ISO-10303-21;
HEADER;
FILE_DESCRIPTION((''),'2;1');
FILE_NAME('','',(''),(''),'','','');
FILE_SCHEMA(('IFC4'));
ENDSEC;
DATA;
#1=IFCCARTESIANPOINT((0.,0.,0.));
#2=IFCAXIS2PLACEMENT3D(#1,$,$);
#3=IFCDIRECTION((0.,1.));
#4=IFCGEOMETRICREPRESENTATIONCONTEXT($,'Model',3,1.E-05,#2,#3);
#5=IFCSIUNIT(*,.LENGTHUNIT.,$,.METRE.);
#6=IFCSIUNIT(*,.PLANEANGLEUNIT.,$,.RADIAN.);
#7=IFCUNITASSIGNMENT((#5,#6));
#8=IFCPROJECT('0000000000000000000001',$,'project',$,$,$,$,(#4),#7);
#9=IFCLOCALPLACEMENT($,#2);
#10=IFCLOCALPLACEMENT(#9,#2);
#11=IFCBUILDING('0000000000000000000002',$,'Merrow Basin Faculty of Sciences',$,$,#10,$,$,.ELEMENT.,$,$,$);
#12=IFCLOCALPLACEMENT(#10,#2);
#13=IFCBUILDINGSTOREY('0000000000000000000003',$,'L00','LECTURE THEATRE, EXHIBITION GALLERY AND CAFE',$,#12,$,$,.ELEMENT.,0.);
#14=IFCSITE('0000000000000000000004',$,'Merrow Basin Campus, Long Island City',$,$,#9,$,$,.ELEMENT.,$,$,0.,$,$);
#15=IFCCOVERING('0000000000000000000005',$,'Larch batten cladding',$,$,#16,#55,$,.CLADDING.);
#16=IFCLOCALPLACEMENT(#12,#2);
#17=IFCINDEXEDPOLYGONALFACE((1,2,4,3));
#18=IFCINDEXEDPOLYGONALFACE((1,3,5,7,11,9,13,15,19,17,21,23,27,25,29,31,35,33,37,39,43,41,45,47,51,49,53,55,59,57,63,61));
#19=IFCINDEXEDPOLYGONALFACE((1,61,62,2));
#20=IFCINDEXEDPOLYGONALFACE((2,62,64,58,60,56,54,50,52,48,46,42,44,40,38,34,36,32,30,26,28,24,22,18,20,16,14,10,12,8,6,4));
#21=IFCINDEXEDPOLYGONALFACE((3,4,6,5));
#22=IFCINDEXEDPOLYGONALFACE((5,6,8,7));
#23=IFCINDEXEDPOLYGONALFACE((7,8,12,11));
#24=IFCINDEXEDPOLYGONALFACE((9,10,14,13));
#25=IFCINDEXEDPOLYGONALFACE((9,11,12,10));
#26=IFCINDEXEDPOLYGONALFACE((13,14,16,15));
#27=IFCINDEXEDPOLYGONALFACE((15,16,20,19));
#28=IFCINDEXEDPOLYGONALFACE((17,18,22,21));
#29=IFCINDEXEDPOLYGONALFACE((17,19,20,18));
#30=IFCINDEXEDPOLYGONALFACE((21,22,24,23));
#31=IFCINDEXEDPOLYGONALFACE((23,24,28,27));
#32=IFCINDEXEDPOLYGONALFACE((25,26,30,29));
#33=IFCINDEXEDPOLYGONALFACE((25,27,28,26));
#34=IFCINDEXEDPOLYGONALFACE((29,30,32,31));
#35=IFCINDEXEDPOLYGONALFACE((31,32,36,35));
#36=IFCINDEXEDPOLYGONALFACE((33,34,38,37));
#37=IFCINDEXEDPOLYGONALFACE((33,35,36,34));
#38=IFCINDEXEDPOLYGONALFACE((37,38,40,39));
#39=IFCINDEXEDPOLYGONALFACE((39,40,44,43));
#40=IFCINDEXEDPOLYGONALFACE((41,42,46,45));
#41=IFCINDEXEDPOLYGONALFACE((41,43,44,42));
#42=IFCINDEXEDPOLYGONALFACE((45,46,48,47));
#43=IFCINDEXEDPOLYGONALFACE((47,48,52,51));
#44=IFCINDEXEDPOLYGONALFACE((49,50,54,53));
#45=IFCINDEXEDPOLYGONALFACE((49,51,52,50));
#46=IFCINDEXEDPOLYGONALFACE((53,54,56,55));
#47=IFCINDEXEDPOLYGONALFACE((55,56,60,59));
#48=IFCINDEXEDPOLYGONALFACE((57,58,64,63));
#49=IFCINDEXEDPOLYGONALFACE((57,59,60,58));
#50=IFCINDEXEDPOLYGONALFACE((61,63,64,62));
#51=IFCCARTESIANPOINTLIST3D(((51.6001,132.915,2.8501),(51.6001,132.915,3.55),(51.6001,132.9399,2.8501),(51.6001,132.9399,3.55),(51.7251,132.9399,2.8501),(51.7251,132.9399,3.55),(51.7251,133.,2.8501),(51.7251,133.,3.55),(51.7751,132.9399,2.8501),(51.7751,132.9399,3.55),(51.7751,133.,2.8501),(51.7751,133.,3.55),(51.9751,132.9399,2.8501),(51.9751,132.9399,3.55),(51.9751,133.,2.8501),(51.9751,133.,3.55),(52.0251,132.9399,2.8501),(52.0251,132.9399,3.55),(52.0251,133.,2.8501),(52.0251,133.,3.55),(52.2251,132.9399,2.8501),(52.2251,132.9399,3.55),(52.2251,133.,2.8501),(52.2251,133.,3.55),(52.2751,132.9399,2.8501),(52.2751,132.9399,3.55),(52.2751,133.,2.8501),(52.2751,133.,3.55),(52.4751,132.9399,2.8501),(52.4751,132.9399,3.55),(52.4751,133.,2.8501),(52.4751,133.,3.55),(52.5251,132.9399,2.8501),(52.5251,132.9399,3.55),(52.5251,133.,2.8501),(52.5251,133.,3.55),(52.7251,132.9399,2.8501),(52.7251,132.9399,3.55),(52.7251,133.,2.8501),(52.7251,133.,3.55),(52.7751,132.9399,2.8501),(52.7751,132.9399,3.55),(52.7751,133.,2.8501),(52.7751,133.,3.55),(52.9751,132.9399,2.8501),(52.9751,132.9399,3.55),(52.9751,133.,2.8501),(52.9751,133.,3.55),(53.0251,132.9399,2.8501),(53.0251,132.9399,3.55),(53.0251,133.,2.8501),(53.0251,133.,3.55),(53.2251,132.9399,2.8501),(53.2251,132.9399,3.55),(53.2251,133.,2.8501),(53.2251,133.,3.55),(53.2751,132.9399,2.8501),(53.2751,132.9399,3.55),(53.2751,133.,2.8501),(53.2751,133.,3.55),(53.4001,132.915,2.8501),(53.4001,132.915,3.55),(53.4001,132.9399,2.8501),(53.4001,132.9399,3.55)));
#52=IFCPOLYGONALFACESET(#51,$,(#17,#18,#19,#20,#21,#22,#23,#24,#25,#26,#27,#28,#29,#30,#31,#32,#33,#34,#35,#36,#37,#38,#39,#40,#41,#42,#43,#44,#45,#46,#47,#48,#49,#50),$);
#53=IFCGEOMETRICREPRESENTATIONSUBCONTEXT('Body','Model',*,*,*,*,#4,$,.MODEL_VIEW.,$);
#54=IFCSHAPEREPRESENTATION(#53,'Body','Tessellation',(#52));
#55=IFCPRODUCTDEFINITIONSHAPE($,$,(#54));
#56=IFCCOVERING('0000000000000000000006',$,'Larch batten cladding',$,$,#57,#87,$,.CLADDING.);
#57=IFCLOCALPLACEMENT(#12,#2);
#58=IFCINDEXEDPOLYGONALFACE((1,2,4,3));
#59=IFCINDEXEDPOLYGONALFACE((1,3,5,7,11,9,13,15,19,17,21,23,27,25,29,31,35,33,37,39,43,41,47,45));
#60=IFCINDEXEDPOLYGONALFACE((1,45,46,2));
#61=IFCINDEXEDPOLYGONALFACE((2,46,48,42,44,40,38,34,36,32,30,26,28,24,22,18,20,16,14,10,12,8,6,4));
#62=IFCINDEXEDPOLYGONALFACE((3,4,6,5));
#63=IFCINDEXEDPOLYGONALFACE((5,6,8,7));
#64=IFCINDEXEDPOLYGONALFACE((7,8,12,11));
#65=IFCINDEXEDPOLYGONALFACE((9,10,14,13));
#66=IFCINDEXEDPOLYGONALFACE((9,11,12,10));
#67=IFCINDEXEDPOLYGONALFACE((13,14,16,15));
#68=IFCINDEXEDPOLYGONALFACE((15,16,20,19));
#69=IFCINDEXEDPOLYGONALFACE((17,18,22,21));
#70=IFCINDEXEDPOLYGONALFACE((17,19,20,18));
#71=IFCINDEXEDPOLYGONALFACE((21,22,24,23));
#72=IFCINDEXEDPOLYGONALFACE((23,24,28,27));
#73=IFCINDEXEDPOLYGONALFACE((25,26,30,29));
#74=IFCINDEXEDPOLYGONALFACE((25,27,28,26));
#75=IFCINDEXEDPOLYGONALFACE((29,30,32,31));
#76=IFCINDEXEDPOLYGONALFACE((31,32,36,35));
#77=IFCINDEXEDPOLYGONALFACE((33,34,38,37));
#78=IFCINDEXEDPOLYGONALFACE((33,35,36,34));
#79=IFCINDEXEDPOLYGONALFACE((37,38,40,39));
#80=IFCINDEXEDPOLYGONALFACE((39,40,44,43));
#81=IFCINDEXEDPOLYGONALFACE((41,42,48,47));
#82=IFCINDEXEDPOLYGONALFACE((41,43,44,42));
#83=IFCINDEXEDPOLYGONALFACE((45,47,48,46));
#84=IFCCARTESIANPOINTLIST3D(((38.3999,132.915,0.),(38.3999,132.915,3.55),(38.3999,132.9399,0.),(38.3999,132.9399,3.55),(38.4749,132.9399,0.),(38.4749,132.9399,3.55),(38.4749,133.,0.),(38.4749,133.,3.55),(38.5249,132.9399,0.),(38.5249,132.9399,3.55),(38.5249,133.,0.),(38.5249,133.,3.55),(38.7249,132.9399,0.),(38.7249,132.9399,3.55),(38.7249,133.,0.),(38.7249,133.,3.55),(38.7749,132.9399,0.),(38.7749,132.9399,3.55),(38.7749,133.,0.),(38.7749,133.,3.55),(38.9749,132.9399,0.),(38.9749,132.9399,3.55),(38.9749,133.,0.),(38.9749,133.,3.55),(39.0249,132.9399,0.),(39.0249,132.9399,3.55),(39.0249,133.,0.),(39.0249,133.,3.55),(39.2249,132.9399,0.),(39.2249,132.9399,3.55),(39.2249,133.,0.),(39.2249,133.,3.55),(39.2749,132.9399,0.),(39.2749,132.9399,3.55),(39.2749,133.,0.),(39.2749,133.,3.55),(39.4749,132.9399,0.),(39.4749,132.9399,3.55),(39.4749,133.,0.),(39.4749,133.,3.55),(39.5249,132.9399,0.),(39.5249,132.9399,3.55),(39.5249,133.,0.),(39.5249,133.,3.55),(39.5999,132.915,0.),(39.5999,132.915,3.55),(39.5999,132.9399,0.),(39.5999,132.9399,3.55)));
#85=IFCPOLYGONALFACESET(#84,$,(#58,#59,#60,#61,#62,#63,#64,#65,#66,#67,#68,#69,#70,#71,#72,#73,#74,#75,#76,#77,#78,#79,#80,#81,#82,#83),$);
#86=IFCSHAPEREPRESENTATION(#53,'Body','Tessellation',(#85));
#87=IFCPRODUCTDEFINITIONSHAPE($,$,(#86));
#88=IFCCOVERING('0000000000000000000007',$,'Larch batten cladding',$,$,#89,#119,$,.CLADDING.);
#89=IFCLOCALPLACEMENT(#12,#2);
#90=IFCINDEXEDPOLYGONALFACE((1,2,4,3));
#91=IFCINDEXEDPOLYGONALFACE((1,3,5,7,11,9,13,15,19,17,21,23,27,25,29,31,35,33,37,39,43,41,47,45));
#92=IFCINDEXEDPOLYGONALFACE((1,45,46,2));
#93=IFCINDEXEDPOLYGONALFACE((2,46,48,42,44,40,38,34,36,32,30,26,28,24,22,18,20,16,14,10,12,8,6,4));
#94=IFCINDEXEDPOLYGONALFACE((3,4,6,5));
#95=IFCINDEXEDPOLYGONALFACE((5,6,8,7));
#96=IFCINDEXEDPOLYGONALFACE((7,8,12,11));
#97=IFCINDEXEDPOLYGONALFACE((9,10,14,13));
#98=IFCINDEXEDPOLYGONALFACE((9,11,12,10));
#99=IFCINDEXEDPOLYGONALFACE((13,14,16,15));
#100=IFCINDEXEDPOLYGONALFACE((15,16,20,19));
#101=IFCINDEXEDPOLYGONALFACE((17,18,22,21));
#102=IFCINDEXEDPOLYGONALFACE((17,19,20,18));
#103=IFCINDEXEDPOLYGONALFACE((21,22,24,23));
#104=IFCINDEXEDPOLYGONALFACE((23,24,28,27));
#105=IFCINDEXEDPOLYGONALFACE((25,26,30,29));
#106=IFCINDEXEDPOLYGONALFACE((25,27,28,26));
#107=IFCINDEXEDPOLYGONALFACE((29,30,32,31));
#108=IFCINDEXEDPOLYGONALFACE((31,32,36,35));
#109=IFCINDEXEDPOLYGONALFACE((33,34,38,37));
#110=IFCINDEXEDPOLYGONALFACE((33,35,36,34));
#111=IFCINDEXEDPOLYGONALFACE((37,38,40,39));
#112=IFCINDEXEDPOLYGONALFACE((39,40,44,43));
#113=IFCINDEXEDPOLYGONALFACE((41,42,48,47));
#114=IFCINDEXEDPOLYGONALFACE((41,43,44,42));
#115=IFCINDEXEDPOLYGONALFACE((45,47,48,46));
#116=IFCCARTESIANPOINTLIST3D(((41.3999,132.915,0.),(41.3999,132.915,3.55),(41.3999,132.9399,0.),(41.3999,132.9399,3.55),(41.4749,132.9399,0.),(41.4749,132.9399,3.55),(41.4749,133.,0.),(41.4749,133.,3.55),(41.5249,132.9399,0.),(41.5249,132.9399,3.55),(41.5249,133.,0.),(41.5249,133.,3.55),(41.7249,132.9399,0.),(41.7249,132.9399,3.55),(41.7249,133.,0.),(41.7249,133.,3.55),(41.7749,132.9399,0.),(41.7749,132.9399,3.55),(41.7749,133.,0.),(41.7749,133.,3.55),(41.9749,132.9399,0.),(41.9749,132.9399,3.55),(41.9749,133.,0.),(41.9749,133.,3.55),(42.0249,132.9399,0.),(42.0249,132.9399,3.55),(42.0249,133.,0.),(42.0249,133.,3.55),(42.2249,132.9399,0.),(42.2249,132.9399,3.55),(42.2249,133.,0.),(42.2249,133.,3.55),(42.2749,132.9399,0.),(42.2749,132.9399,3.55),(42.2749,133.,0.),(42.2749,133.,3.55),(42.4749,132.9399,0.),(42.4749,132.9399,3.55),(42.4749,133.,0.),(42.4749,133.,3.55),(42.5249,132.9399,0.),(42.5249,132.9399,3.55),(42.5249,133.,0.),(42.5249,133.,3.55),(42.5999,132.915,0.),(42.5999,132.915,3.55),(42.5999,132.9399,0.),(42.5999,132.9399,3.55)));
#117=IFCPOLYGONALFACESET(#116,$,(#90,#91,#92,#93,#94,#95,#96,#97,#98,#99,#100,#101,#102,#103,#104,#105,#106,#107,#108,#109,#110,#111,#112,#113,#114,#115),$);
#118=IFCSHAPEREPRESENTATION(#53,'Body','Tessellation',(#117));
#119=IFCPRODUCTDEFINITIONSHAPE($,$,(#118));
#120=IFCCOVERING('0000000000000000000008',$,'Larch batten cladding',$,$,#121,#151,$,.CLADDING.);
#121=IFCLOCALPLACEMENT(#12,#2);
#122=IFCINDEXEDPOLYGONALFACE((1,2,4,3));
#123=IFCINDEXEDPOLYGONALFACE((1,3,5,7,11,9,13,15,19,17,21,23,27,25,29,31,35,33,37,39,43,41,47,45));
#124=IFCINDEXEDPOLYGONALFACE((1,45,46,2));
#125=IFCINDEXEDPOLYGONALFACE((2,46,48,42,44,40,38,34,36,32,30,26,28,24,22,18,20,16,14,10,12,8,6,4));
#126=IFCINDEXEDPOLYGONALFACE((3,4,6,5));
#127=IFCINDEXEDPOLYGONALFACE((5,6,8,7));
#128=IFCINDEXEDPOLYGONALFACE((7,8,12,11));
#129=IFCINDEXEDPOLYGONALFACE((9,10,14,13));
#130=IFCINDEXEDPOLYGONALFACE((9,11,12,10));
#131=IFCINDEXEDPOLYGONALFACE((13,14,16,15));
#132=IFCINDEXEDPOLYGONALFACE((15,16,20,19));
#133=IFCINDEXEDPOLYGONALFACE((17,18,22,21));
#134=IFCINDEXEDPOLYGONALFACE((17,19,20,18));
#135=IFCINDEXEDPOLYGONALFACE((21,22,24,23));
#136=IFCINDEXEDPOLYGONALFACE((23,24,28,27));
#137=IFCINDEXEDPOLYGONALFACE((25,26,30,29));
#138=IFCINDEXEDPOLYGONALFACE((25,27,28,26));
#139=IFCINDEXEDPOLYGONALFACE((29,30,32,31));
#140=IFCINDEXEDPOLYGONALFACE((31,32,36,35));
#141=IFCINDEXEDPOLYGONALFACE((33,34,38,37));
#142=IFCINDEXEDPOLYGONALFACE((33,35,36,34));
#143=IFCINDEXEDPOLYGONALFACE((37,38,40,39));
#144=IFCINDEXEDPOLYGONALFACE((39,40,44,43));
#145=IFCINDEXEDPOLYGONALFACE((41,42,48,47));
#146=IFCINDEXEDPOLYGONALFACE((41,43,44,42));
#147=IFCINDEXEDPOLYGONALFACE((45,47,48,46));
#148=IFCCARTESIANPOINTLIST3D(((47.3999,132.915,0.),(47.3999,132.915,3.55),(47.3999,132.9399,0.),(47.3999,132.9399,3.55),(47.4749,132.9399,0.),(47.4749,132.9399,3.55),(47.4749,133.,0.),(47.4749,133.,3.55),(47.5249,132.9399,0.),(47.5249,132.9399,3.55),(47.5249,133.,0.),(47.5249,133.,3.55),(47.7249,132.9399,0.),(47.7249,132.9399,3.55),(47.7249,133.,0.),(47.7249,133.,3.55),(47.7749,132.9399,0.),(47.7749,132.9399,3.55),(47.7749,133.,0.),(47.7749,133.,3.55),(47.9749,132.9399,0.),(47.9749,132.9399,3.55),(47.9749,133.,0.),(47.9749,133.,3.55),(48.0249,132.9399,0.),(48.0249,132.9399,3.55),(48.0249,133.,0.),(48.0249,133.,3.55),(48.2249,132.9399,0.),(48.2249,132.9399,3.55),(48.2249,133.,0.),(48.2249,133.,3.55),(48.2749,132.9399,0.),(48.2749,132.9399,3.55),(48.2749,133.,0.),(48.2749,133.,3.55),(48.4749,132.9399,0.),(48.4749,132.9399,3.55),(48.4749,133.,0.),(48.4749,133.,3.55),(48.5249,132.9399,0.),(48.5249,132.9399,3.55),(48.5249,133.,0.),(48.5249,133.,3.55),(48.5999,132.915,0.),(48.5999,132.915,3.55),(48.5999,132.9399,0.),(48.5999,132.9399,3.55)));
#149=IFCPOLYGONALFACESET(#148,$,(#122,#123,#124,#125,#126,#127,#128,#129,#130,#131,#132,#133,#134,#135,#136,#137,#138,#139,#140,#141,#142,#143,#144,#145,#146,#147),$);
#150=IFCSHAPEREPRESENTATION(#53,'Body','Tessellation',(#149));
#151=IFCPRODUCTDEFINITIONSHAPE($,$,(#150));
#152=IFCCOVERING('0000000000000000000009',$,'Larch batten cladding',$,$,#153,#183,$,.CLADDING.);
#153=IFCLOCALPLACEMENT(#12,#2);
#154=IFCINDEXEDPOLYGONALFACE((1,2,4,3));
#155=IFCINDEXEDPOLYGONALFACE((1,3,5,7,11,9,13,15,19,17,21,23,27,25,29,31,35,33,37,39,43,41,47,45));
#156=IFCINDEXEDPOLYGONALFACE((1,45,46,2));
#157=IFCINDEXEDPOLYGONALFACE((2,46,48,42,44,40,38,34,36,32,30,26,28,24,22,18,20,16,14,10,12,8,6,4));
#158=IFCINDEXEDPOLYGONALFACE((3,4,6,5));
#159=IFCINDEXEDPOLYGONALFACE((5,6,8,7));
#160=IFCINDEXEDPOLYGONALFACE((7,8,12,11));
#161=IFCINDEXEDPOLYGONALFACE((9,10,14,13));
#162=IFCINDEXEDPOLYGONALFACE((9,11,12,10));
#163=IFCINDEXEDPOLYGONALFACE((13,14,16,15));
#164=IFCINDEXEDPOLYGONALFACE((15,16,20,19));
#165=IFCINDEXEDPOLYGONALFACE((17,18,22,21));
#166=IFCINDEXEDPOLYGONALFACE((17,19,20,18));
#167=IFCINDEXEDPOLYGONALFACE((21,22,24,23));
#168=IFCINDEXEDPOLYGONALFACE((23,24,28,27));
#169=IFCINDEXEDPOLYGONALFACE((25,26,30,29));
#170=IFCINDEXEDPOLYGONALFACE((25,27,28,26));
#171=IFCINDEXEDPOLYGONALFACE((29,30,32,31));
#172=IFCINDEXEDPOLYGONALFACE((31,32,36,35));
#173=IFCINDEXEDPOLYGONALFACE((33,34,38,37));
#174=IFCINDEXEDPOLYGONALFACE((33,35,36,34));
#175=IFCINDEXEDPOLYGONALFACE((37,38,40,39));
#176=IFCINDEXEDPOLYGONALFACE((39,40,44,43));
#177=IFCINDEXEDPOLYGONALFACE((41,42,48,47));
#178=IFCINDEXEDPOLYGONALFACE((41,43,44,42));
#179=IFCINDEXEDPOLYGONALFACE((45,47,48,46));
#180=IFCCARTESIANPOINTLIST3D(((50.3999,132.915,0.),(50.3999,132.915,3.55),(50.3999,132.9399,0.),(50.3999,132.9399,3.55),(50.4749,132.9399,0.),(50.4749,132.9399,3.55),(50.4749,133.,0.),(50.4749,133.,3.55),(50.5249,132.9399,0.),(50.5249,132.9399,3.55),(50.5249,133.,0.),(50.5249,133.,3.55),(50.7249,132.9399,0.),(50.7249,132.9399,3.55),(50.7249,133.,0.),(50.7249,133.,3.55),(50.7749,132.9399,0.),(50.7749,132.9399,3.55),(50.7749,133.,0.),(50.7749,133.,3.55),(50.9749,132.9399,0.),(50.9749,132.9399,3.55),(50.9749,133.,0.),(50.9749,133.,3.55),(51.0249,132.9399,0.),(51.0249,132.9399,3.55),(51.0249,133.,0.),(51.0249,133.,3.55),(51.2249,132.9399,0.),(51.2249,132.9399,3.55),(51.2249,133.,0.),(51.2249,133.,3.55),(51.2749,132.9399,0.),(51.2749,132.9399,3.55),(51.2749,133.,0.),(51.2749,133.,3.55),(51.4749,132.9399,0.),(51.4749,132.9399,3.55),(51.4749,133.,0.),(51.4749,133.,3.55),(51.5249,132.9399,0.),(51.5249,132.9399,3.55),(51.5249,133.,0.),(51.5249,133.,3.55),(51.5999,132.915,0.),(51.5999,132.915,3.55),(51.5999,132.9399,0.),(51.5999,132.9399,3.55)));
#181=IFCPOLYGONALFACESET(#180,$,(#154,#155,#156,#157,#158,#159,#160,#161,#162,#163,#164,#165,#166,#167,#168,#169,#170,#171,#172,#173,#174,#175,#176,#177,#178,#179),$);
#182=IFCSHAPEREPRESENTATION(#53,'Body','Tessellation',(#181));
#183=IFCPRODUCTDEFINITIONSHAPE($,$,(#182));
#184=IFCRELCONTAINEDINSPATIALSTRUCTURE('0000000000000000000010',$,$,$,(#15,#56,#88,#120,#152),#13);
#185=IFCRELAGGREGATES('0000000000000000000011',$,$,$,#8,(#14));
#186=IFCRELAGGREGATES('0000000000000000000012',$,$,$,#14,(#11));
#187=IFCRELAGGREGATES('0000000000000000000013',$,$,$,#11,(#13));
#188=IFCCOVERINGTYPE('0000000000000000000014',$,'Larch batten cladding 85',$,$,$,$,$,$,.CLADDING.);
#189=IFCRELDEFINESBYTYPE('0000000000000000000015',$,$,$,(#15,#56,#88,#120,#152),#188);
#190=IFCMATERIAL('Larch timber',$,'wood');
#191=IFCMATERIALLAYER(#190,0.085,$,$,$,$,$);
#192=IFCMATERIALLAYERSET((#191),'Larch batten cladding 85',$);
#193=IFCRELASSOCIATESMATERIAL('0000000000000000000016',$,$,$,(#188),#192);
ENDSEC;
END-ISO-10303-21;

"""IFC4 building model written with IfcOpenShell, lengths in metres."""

from ifc_helpers import new_model, si_unit, direction, frame, origin, place, context, subcontext, project, spatial, polyline, outline, extrude, source, transform, mapped, material, layer, layer_set, type_object, element, save


model = new_model("IFC4")

# Units and contexts
model_context = context("Model", 3, precision=1e-05, world=origin(), true_north=direction((0.0, 1.0)))
body_context = subcontext(model_context, "Body", "Model", "MODEL_VIEW")
ifc_project = project(units=[si_unit("LENGTHUNIT", "METRE"), si_unit("PLANEANGLEUNIT", "RADIAN")], contexts=[model_context])

# Site, building, storey
site_placement = place(None, origin())
site = spatial("IfcSite", under=ifc_project, at=site_placement, Name="Merrow Basin Campus, Long Island City", CompositionType="ELEMENT", RefElevation=0.0)
building_placement = place(site_placement, origin())
building = spatial("IfcBuilding", under=site, at=building_placement, Name="Merrow Basin Faculty of Sciences", CompositionType="ELEMENT")
storey_placement = place(building_placement, origin())
storey = spatial("IfcBuildingStorey", under=building, at=storey_placement, Name="L00", Description="LECTURE THEATRE, EXHIBITION GALLERY AND CAFE", CompositionType="ELEMENT", Elevation=0.0)

# Coverings
ifc_material_1 = material(Name="Larch timber", Category="wood")
ifc_layer_1 = layer(ifc_material_1, 0.085)
ifc_layer_set_1 = layer_set([ifc_layer_1], Name="Larch batten cladding 85")
covering_type = type_object("IfcCoveringType", Name="Larch batten cladding 85", PredefinedType="CLADDING", material=ifc_layer_set_1)
shared_shape_1 = source(origin(), body_context, "Body", "SweptSolid", [
    extrude(outline(polyline([(0.0, 0.0), (1.8, 0.0), (1.8, 0.0249), (1.675, 0.0249), (1.675, 0.085), (1.625, 0.085), (1.625, 0.0249), (1.425, 0.0249), (1.425, 0.085), (1.375, 0.085), (1.375, 0.0249), (1.175, 0.0249), (1.175, 0.085), (1.125, 0.085), (1.125, 0.0249), (0.925, 0.0249), (0.925, 0.085), (0.875, 0.085), (0.875, 0.0249), (0.675, 0.0249), (0.675, 0.085), (0.625, 0.085), (0.625, 0.0249), (0.425, 0.0249), (0.425, 0.085), (0.375, 0.085), (0.375, 0.0249), (0.175, 0.0249), (0.175, 0.085), (0.125, 0.085), (0.125, 0.0249), (0.0, 0.0249), (0.0, 0.0)])), origin(), (0.0, 0.0, 1.0), 0.7),
])
for number, where, z_axis, x_axis, name in (
    (1, (51.6001, 132.915, 2.8501), (0.0, 0.0, 1.0), (1.0, 0.0, 0.0), "Larch batten cladding"),
):
    element("IfcCovering", number, at=place(storey_placement, frame(where, z_axis=z_axis, x_axis=x_axis)), inside=storey, type_object=covering_type, Name=name, PredefinedType="CLADDING", context=body_context, shape_type="MappedRepresentation", body=[
        mapped(shared_shape_1, transform((0.0, 0.0, 0.0), scale=1.0)),
    ])
shared_shape_2 = source(origin(), body_context, "Body", "SweptSolid", [
    extrude(outline(polyline([(0.0, 0.0), (1.2, 0.0), (1.2, 0.0249), (1.125, 0.0249), (1.125, 0.085), (1.075, 0.085), (1.075, 0.0249), (0.875, 0.0249), (0.875, 0.085), (0.825, 0.085), (0.825, 0.0249), (0.625, 0.0249), (0.625, 0.085), (0.575, 0.085), (0.575, 0.0249), (0.375, 0.0249), (0.375, 0.085), (0.325, 0.085), (0.325, 0.0249), (0.125, 0.0249), (0.125, 0.085), (0.075, 0.085), (0.075, 0.0249), (0.0, 0.0249), (0.0, 0.0)])), origin(), (0.0, 0.0, 1.0), 3.55),
])
for number, where, z_axis, x_axis, name in (
    (2, (38.3999, 132.915, 0.0), (0.0, 0.0, 1.0), (1.0, 0.0, 0.0), "Larch batten cladding"),
    (3, (41.3999, 132.915, 0.0), (0.0, 0.0, 1.0), (1.0, 0.0, 0.0), "Larch batten cladding"),
    (4, (47.3999, 132.915, 0.0), (0.0, 0.0, 1.0), (1.0, 0.0, 0.0), "Larch batten cladding"),
    (5, (50.3999, 132.915, 0.0), (0.0, 0.0, 1.0), (1.0, 0.0, 0.0), "Larch batten cladding"),
):
    element("IfcCovering", number, at=place(storey_placement, frame(where, z_axis=z_axis, x_axis=x_axis)), inside=storey, type_object=covering_type, Name=name, PredefinedType="CLADDING", context=body_context, shape_type="MappedRepresentation", body=[
        mapped(shared_shape_2, transform((0.0, 0.0, 0.0), scale=1.0)),
    ])

save(model, "model.ifc")
